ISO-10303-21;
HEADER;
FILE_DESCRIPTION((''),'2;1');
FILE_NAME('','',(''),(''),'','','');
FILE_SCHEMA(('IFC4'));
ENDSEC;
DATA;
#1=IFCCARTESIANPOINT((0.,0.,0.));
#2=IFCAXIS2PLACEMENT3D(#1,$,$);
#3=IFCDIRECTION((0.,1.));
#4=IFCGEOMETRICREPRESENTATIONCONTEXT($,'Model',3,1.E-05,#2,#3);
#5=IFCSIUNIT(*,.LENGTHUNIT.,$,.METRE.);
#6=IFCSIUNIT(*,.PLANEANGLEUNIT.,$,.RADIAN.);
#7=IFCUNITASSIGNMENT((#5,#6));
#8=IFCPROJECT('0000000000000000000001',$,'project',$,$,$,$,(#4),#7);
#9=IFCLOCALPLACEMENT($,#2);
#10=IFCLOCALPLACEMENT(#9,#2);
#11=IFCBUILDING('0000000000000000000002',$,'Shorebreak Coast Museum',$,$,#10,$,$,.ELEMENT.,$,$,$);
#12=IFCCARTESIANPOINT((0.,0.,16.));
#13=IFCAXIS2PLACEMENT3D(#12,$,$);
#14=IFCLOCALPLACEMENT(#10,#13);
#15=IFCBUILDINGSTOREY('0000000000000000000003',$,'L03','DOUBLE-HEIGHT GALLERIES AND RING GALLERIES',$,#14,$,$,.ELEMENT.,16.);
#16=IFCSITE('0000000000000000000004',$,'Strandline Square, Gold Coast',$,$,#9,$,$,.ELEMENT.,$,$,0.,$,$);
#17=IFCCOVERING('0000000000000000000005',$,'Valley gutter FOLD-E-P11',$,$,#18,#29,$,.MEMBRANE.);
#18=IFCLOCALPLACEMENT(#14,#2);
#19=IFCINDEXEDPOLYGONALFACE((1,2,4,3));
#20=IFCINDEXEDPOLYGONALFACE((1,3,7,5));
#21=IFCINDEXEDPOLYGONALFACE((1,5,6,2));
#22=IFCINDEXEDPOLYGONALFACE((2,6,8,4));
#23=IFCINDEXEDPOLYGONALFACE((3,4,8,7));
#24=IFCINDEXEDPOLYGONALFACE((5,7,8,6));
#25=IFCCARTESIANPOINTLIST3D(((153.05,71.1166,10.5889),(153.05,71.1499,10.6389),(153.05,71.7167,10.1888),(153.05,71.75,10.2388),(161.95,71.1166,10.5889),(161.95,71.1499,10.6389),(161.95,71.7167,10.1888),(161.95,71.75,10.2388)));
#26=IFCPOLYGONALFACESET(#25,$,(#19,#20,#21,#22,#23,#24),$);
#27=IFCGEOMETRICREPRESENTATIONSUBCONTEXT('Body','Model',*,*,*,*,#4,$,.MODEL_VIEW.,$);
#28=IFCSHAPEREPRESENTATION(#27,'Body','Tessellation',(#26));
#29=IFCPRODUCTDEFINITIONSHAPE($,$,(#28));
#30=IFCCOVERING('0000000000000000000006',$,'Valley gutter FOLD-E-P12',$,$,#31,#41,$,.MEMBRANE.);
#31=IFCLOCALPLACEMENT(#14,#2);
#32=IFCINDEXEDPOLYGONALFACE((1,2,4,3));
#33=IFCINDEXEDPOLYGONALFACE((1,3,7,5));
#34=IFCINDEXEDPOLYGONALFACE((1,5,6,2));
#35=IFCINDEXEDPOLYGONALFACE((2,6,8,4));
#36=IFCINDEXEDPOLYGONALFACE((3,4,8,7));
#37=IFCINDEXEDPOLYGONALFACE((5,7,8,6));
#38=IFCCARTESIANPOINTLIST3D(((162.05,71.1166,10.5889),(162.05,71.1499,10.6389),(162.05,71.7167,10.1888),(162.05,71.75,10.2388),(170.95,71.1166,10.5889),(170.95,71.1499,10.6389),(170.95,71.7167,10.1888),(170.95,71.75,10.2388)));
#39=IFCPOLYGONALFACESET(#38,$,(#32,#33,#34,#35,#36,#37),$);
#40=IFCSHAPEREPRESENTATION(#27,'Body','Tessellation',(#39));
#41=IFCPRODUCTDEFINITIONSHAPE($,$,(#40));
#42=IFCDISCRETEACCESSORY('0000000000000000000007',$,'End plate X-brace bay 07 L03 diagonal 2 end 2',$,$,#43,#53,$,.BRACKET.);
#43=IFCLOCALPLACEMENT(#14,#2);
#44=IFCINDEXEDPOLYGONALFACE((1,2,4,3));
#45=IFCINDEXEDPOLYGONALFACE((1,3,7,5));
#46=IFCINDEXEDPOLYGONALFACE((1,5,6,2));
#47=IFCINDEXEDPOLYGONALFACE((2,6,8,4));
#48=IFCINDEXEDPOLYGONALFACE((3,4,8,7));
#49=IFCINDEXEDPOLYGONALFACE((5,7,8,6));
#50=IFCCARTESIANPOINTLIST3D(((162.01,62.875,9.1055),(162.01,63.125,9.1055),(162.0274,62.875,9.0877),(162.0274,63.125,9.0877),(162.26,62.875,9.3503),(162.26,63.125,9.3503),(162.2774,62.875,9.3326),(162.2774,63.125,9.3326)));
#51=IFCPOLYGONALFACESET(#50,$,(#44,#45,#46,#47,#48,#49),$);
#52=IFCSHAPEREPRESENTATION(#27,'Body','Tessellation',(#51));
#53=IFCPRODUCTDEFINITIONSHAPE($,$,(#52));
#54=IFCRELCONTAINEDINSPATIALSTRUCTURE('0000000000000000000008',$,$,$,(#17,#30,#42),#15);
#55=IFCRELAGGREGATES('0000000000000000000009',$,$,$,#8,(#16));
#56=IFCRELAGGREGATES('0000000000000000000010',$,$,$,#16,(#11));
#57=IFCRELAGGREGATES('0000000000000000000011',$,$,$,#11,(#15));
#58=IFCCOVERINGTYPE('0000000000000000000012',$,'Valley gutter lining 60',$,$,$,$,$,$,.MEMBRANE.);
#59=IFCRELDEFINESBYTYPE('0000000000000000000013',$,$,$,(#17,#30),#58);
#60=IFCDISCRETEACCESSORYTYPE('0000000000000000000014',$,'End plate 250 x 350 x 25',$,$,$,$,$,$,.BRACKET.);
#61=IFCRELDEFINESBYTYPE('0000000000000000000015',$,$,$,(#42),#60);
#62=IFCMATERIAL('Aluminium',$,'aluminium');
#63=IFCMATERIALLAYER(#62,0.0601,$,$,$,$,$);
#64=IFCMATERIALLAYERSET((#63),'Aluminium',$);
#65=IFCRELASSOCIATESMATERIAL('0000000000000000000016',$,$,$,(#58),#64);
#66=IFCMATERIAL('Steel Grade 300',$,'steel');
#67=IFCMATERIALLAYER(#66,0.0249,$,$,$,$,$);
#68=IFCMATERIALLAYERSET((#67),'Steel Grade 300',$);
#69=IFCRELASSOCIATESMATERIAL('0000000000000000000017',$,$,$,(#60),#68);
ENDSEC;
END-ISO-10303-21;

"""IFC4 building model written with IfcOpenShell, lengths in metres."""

from ifc_helpers import new_model, si_unit, direction, frame, origin, place, context, subcontext, project, spatial, polyline, outline, extrude, material, layer, layer_set, type_object, element, save


model = new_model("IFC4")

# Units and contexts
model_context = context("Model", 3, precision=1e-05, world=origin(), true_north=direction((0.0, 1.0)))
body_context = subcontext(model_context, "Body", "Model", "MODEL_VIEW")
ifc_project = project(units=[si_unit("LENGTHUNIT", "METRE"), si_unit("PLANEANGLEUNIT", "RADIAN")], contexts=[model_context])

# Site, building, storey
site_placement = place(None, origin())
site = spatial("IfcSite", under=ifc_project, at=site_placement, Name="Strandline Square, Gold Coast", CompositionType="ELEMENT", RefElevation=0.0)
building_placement = place(site_placement, origin())
building = spatial("IfcBuilding", under=site, at=building_placement, Name="Shorebreak Coast Museum", CompositionType="ELEMENT")
storey_placement = place(building_placement, frame((0.0, 0.0, 16.0)))
storey = spatial("IfcBuildingStorey", under=building, at=storey_placement, Name="L03", Description="DOUBLE-HEIGHT GALLERIES AND RING GALLERIES", CompositionType="ELEMENT", Elevation=16.0)

# Coverings
ifc_material_1 = material(Name="Aluminium", Category="aluminium")
ifc_layer_1 = layer(ifc_material_1, 0.0601)
ifc_layer_set_1 = layer_set([ifc_layer_1], Name="Aluminium")
covering_type_1 = type_object("IfcCoveringType", Name="Valley gutter lining 60", PredefinedType="MEMBRANE", material=ifc_layer_set_1)
for number, where, z_axis, x_axis, name in (
    (1, (153.05, 71.1499, 10.6389), (0.0, 0.554778, 0.831998), (1.0, 0.0, 0.0), "Valley gutter FOLD-E-P11"),
    (2, (162.05, 71.1499, 10.6389), (0.0, 0.554778, 0.831998), (1.0, 0.0, 0.0), "Valley gutter FOLD-E-P12"),
):
    element("IfcCovering", number, at=place(storey_placement, frame(where, z_axis=z_axis, x_axis=x_axis)), inside=storey, type_object=covering_type_1, Name=name, PredefinedType="MEMBRANE", context=body_context, shape_type="SweptSolid", body=[
        extrude(outline(polyline([(0.0, 0.0), (8.8999, 0.0), (8.8999, 0.7213), (0.0, 0.7213), (0.0, 0.0)])), origin(), (0.0, 0.0, -1.0), 0.0601),
    ])

# Discrete accessory
ifc_material_2 = material(Name="Steel Grade 300", Category="steel")
ifc_layer_2 = layer(ifc_material_2, 0.0249)
ifc_layer_set_2 = layer_set([ifc_layer_2], Name="Steel Grade 300")
discrete_accessory_type = type_object("IfcDiscreteAccessoryType", Name="End plate 250 x 350 x 25", PredefinedType="BRACKET", material=ifc_layer_set_2)
discrete_accessory_placement = place(storey_placement, frame((162.01, 63.125, 9.1055), z_axis=(-0.699744, 0.0, 0.714394), x_axis=(0.0, -1.0, 0.0)))
element("IfcDiscreteAccessory", 3, at=discrete_accessory_placement, inside=storey, type_object=discrete_accessory_type, Name="End plate X-brace bay 07 L03 diagonal 2 end 2", PredefinedType="BRACKET", context=body_context, shape_type="SweptSolid", body=[
    extrude(outline(polyline([(0.0, 0.0), (0.25, 0.0), (0.25, 0.3499), (0.0, 0.3499), (0.0, 0.0)])), origin(), (0.0, 0.0, -1.0), 0.0249),
])

save(model, "model.ifc")
